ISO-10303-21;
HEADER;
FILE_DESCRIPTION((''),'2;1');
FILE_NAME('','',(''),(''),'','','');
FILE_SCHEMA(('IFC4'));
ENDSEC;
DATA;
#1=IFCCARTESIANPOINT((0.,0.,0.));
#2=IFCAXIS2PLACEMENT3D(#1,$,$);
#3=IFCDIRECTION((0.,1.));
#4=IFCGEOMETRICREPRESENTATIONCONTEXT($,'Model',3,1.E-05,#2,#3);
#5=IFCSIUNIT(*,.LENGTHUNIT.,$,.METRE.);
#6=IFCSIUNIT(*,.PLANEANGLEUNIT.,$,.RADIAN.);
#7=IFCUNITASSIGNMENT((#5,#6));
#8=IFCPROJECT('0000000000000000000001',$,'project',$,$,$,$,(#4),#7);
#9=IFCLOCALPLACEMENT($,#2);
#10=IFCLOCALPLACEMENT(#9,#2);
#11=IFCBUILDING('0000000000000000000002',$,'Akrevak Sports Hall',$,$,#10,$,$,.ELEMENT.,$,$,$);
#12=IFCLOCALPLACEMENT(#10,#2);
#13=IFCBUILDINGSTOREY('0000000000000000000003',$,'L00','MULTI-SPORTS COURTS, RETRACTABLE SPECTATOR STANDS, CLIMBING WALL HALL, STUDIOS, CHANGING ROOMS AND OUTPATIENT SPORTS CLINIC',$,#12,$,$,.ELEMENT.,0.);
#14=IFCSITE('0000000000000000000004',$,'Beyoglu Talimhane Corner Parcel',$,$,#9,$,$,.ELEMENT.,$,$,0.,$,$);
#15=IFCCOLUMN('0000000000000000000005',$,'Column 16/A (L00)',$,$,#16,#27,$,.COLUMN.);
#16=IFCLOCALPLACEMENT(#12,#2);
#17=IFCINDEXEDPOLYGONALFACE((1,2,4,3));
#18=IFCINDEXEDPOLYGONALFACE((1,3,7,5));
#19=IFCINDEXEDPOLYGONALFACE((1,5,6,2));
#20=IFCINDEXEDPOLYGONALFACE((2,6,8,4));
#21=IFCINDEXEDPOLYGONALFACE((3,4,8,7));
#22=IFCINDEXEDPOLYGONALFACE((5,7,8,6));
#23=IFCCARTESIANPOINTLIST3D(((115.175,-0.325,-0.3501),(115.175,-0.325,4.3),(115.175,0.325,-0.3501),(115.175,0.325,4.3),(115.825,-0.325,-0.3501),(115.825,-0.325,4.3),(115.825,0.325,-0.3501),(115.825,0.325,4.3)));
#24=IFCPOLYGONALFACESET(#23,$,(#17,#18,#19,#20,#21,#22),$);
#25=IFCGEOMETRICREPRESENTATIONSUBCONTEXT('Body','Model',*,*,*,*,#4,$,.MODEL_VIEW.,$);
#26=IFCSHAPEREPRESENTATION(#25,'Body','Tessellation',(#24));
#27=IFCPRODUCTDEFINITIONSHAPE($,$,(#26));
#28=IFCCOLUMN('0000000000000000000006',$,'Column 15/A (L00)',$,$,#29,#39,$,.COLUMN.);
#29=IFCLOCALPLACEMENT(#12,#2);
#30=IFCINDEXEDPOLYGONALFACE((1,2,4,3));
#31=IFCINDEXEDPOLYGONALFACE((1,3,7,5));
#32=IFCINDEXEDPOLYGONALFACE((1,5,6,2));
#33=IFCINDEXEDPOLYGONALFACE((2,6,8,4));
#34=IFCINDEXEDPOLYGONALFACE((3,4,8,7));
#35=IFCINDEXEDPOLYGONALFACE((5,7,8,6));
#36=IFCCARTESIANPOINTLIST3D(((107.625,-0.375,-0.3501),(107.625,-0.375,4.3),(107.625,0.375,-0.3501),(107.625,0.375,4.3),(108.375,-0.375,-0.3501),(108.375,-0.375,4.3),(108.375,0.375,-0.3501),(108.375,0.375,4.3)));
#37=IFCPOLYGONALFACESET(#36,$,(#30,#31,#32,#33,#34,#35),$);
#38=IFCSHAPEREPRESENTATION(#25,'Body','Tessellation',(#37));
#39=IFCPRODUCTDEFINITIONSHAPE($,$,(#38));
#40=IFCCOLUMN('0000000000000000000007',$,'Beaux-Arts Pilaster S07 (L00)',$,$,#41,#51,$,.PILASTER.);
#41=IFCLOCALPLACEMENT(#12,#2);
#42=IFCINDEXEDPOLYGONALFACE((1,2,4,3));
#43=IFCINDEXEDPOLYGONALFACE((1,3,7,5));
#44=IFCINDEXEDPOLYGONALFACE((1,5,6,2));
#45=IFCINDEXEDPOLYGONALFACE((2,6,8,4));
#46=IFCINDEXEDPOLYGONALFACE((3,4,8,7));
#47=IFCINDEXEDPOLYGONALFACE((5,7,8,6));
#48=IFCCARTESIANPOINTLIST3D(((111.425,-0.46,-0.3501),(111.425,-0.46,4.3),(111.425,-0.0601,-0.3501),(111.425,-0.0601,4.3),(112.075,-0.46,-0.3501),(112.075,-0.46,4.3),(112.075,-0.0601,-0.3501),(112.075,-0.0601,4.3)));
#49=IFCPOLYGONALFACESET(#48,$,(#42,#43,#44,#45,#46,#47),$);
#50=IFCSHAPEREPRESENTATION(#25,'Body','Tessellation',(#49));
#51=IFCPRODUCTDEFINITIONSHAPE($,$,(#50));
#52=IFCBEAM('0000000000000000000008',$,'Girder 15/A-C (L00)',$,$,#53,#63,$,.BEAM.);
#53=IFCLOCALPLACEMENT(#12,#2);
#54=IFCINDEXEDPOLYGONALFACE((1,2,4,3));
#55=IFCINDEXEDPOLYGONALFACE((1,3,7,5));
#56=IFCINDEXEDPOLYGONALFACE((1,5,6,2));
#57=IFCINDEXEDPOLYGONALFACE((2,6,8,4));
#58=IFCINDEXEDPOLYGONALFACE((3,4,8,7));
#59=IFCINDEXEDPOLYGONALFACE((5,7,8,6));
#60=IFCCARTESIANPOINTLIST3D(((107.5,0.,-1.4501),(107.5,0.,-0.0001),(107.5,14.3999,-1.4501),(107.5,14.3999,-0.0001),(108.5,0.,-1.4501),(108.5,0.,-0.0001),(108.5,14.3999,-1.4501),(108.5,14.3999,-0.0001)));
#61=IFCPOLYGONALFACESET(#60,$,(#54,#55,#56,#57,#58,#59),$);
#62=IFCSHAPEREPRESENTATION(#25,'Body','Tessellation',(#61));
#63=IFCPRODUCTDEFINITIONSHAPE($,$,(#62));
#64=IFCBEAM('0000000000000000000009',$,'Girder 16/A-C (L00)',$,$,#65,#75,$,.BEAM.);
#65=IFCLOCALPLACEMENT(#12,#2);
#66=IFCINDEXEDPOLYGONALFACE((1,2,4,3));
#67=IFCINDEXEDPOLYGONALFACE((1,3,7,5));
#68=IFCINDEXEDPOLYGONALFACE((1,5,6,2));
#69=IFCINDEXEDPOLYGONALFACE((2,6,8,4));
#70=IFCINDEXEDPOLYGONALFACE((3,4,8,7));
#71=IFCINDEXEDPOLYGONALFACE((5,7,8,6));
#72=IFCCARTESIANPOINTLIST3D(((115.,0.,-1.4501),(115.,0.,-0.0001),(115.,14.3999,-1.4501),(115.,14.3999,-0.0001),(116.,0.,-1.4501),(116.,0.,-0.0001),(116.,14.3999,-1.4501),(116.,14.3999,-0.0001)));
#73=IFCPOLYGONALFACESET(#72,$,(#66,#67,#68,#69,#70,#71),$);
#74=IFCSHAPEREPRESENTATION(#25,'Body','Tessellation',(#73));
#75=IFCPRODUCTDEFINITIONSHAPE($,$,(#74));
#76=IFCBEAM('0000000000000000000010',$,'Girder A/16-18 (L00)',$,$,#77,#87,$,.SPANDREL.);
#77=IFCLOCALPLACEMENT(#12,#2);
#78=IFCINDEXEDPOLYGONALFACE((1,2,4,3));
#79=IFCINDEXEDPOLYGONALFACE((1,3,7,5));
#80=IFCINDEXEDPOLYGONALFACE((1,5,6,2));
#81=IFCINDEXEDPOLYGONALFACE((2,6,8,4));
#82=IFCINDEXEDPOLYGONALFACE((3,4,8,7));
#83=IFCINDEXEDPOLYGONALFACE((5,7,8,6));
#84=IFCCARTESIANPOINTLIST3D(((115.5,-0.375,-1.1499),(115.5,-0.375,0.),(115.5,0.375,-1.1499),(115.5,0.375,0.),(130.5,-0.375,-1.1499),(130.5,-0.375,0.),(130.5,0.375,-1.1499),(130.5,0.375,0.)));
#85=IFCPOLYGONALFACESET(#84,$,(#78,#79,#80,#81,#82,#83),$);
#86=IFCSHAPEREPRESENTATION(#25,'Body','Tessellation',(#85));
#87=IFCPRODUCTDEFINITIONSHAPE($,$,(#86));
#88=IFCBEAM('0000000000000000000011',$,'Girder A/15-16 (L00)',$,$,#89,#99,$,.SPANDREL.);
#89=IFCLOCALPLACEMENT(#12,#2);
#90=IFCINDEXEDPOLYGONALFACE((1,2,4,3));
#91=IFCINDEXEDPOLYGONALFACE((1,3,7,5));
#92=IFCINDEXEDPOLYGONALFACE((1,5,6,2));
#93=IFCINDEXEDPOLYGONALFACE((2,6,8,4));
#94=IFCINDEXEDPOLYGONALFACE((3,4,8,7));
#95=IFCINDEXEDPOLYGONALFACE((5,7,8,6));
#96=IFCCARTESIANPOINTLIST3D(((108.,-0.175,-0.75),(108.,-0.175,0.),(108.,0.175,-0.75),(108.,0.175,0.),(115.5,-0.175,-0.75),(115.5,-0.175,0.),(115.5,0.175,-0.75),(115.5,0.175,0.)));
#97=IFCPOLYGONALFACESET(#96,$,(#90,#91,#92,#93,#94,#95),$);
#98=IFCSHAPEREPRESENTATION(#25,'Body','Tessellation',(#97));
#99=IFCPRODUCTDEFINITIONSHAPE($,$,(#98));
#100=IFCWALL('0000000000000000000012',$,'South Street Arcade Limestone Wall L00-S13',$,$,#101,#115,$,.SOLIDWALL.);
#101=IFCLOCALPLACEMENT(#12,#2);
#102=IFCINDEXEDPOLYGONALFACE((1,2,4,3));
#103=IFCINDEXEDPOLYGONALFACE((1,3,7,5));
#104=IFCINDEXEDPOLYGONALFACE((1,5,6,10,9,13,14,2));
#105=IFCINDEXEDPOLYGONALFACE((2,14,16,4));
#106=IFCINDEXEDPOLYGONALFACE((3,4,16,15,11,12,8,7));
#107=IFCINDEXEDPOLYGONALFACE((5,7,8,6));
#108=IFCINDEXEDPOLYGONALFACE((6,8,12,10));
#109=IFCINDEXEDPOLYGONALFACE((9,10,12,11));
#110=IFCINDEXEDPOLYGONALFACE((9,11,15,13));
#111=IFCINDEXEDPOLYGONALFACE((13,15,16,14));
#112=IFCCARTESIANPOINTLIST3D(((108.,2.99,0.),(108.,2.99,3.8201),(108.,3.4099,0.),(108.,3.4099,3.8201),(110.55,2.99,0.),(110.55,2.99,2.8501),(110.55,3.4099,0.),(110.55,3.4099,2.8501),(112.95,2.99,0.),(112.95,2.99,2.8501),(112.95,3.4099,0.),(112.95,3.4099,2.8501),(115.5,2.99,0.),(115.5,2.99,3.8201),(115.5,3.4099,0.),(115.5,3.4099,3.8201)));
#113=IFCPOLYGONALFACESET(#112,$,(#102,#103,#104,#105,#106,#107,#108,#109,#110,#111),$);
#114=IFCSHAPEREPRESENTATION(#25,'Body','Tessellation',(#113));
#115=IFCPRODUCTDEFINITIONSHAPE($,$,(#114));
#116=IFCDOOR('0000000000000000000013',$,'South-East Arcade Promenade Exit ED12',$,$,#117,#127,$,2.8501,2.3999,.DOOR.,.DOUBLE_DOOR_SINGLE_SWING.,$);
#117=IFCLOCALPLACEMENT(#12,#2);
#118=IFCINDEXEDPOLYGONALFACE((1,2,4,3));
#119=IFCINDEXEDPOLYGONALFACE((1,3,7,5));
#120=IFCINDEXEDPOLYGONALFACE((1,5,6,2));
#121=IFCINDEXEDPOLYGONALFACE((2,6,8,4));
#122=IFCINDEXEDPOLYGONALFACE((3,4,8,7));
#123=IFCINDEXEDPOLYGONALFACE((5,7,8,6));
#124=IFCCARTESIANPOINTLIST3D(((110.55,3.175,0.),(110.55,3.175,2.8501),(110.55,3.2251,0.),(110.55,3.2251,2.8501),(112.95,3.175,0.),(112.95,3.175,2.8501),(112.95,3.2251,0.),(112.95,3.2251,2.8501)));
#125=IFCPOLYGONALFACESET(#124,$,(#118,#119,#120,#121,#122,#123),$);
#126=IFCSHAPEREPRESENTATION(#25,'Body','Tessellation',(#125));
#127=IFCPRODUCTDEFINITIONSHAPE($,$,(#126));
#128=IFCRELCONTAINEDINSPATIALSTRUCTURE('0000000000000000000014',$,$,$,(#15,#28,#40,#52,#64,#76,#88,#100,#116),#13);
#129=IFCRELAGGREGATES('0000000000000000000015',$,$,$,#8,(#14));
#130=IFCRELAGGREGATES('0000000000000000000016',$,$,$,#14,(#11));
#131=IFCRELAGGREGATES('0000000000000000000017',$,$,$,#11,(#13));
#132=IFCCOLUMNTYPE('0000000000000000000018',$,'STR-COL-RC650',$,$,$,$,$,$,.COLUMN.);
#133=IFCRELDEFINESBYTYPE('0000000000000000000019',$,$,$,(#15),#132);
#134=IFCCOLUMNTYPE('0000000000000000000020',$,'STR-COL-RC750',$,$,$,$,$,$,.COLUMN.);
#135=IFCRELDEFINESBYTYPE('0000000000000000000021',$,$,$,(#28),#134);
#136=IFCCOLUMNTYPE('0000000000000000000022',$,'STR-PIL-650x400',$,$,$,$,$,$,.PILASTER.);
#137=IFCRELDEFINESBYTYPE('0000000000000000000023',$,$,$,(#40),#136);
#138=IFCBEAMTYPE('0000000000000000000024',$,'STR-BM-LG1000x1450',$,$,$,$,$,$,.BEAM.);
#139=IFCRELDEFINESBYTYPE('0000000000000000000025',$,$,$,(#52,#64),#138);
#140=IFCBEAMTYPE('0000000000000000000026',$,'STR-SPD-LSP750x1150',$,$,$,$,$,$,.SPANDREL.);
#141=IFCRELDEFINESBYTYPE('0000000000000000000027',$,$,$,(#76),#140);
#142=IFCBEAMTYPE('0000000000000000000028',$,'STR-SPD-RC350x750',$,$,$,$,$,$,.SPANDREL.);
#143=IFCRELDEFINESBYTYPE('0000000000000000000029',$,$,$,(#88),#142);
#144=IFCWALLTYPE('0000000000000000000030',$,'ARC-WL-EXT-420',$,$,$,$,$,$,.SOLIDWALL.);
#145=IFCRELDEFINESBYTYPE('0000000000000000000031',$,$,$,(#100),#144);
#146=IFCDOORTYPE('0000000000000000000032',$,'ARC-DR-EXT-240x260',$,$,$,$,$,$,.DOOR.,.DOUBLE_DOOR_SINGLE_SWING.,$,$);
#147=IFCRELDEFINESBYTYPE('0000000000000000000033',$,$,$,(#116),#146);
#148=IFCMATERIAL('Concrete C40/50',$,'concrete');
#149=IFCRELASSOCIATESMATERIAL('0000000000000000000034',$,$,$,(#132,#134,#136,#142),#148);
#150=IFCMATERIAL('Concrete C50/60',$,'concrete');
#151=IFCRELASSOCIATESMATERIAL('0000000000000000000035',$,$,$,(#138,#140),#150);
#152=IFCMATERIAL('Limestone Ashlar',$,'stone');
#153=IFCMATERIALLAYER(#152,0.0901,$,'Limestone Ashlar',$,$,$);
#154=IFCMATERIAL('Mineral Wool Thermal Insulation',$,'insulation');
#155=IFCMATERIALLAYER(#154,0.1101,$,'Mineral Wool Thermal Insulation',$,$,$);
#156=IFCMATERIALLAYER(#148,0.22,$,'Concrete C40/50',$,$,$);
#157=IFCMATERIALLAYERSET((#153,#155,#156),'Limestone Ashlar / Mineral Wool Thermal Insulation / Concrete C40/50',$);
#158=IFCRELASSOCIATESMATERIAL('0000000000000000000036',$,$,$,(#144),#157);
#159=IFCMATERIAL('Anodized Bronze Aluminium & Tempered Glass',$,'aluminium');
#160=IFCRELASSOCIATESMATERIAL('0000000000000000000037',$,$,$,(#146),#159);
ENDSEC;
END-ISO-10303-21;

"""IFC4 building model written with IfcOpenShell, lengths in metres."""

from ifc_helpers import new_model, si_unit, direction, frame, frame_2d, origin, origin_2d, place, context, subcontext, project, spatial, rectangle, extrude, material, layer, layer_set, material_profile, profile_set, type_object, element, fill, save


model = new_model("IFC4")

# Units and contexts
model_context = context("Model", 3, precision=1e-05, world=origin(), true_north=direction((0.0, 1.0)))
body_context = subcontext(model_context, "Body", "Model", "MODEL_VIEW")
ifc_project = project(units=[si_unit("LENGTHUNIT", "METRE"), si_unit("PLANEANGLEUNIT", "RADIAN")], contexts=[model_context])

# Site, building, storey
site_placement = place(None, origin())
site = spatial("IfcSite", under=ifc_project, at=site_placement, Name="Beyoglu Talimhane Corner Parcel", CompositionType="ELEMENT", RefElevation=0.0)
building_placement = place(site_placement, origin())
building = spatial("IfcBuilding", under=site, at=building_placement, Name="Akrevak Sports Hall", CompositionType="ELEMENT")
storey_placement = place(building_placement, origin())
storey = spatial("IfcBuildingStorey", under=building, at=storey_placement, Name="L00", Description="MULTI-SPORTS COURTS, RETRACTABLE SPECTATOR STANDS, CLIMBING WALL HALL, STUDIOS, CHANGING ROOMS AND OUTPATIENT SPORTS CLINIC", CompositionType="ELEMENT", Elevation=0.0)

# Columns
ifc_material_1 = material(Name="Concrete C40/50", Category="concrete")
ifc_material_profile_1 = material_profile(ifc_material_1, rectangle(XDim=0.6499, YDim=0.6499, at=origin_2d()), Name="RC 650x650", Category="concrete")
ifc_profile_set_1 = profile_set([ifc_material_profile_1], Name="Concrete C40/50")
column_type_1 = type_object("IfcColumnType", Name="STR-COL-RC650", PredefinedType="COLUMN", material=ifc_profile_set_1)
column_1_placement = place(storey_placement, frame((115.5, 0.0, -0.3501), z_axis=(0.0, 0.0, 1.0), x_axis=(1.0, 0.0, 0.0)))
element("IfcColumn", 1, at=column_1_placement, inside=storey, type_object=column_type_1, Name="Column 16/A (L00)", PredefinedType="COLUMN", context=body_context, shape_type="SweptSolid", body=[
    extrude(rectangle(XDim=0.6499, YDim=0.6499, at=origin_2d()), origin(), (0.0, 0.0, 1.0), 4.6501),
])
ifc_material_profile_2 = material_profile(ifc_material_1, rectangle(XDim=0.75, YDim=0.75, at=origin_2d()), Name="RC 750x750", Category="concrete")
ifc_profile_set_2 = profile_set([ifc_material_profile_2], Name="Concrete C40/50")
column_type_2 = type_object("IfcColumnType", Name="STR-COL-RC750", PredefinedType="COLUMN", material=ifc_profile_set_2)
column_2_placement = place(storey_placement, frame((108.0, 0.0, -0.3501), z_axis=(0.0, 0.0, 1.0), x_axis=(1.0, 0.0, 0.0)))
element("IfcColumn", 2, at=column_2_placement, inside=storey, type_object=column_type_2, Name="Column 15/A (L00)", PredefinedType="COLUMN", context=body_context, shape_type="SweptSolid", body=[
    extrude(rectangle(XDim=0.75, YDim=0.75, at=origin_2d()), origin(), (0.0, 0.0, 1.0), 4.6501),
])
ifc_material_profile_3 = material_profile(ifc_material_1, rectangle(XDim=0.6499, YDim=0.3999, at=origin_2d()), Name="PIL 650x400", Category="concrete")
ifc_profile_set_3 = profile_set([ifc_material_profile_3], Name="Concrete C40/50")
column_type_3 = type_object("IfcColumnType", Name="STR-PIL-650x400", PredefinedType="PILASTER", material=ifc_profile_set_3)
column_3_placement = place(storey_placement, frame((111.75, -0.26, -0.3501), z_axis=(0.0, 0.0, 1.0), x_axis=(1.0, 0.0, 0.0)))
element("IfcColumn", 3, at=column_3_placement, inside=storey, type_object=column_type_3, Name="Beaux-Arts Pilaster S07 (L00)", PredefinedType="PILASTER", context=body_context, shape_type="SweptSolid", body=[
    extrude(rectangle(XDim=0.6499, YDim=0.3999, at=origin_2d()), origin(), (0.0, 0.0, 1.0), 4.6501),
])

# Beams
ifc_material_2 = material(Name="Concrete C50/60", Category="concrete")
ifc_material_profile_4 = material_profile(ifc_material_2, rectangle(XDim=1.0, YDim=1.45, at=origin_2d()), Name="BM 1000x1450", Category="concrete")
ifc_profile_set_4 = profile_set([ifc_material_profile_4], Name="Concrete C50/60")
beam_type_1 = type_object("IfcBeamType", Name="STR-BM-LG1000x1450", PredefinedType="BEAM", material=ifc_profile_set_4)
for number, where, z_axis, x_axis, name in (
    (4, (108.0, 0.0, -0.7251), (0.0, 1.0, 0.0), (-1.0, 0.0, 0.0), "Girder 15/A-C (L00)"),
    (5, (115.5, 0.0, -0.7251), (0.0, 1.0, 0.0), (-1.0, 0.0, 0.0), "Girder 16/A-C (L00)"),
):
    element("IfcBeam", number, at=place(storey_placement, frame(where, z_axis=z_axis, x_axis=x_axis)), inside=storey, type_object=beam_type_1, Name=name, PredefinedType="BEAM", context=body_context, shape_type="SweptSolid", body=[
        extrude(rectangle(XDim=1.0, YDim=1.45, at=origin_2d()), origin(), (0.0, 0.0, 1.0), 14.3999),
    ])
ifc_material_profile_5 = material_profile(ifc_material_2, rectangle(XDim=0.75, YDim=1.1499, at=origin_2d()), Name="SPD 750x1150", Category="concrete")
ifc_profile_set_5 = profile_set([ifc_material_profile_5], Name="Concrete C50/60")
beam_type_2 = type_object("IfcBeamType", Name="STR-SPD-LSP750x1150", PredefinedType="SPANDREL", material=ifc_profile_set_5)
beam_1_placement = place(storey_placement, frame((115.5, 0.0, -0.575), z_axis=(1.0, 0.0, 0.0), x_axis=(0.0, 1.0, 0.0)))
element("IfcBeam", 6, at=beam_1_placement, inside=storey, type_object=beam_type_2, Name="Girder A/16-18 (L00)", PredefinedType="SPANDREL", context=body_context, shape_type="SweptSolid", body=[
    extrude(rectangle(XDim=0.75, YDim=1.1499, at=origin_2d()), origin(), (0.0, 0.0, 1.0), 15.0),
])
ifc_material_profile_6 = material_profile(ifc_material_1, rectangle(XDim=0.3501, YDim=0.75, at=origin_2d()), Name="SPD 350x750", Category="concrete")
ifc_profile_set_6 = profile_set([ifc_material_profile_6], Name="Concrete C40/50")
beam_type_3 = type_object("IfcBeamType", Name="STR-SPD-RC350x750", PredefinedType="SPANDREL", material=ifc_profile_set_6)
beam_2_placement = place(storey_placement, frame((108.0, 0.0, -0.375), z_axis=(1.0, 0.0, 0.0), x_axis=(0.0, 1.0, 0.0)))
element("IfcBeam", 7, at=beam_2_placement, inside=storey, type_object=beam_type_3, Name="Girder A/15-16 (L00)", PredefinedType="SPANDREL", context=body_context, shape_type="SweptSolid", body=[
    extrude(rectangle(XDim=0.3501, YDim=0.75, at=origin_2d()), origin(), (0.0, 0.0, 1.0), 7.5),
])

# Wall, opening, door
ifc_material_3 = material(Name="Limestone Ashlar", Category="stone")
ifc_layer_1 = layer(ifc_material_3, 0.0901, Name="Limestone Ashlar")
ifc_material_4 = material(Name="Mineral Wool Thermal Insulation", Category="insulation")
ifc_layer_2 = layer(ifc_material_4, 0.1101, Name="Mineral Wool Thermal Insulation")
ifc_layer_3 = layer(ifc_material_1, 0.22, Name="Concrete C40/50")
ifc_layer_set_1 = layer_set([ifc_layer_1, ifc_layer_2, ifc_layer_3], Name="Limestone Ashlar / Mineral Wool Thermal Insulation / Concrete C40/50")
wall_type_1 = type_object("IfcWallType", Name="ARC-WL-EXT-420", PredefinedType="SOLIDWALL", material=ifc_layer_set_1)
wall_1_placement = place(storey_placement, frame((108.0, 3.2, 0.0), z_axis=(0.0, 0.0, 1.0), x_axis=(1.0, 0.0, 0.0)))
wall_1 = element("IfcWall", 8, at=wall_1_placement, inside=storey, type_object=wall_type_1, Name="South Street Arcade Limestone Wall L00-S13", PredefinedType="SOLIDWALL", context=body_context, shape_type="SweptSolid", body=[
    extrude(rectangle(XDim=7.5, YDim=0.4199, at=frame_2d((3.75, 0.0))), origin(), (0.0, 0.0, 1.0), 3.8201),
])
opening_1_placement = place(wall_1_placement, frame((2.55, 0.0, 0.0)))
opening_1 = element("IfcOpeningElement", 9, at=opening_1_placement, cuts=wall_1, PredefinedType="OPENING", context=body_context, shape_type="SweptSolid", body=[
    extrude(rectangle(XDim=2.3999, YDim=2.8501, at=frame_2d((1.2, 1.425))), frame((0.0, 0.2219, 0.0), z_axis=(0.0, -1.0, 0.0), x_axis=(1.0, 0.0, 0.0)), (0.0, 0.0, 1.0), 0.4438),
])
ifc_material_5 = material(Name="Anodized Bronze Aluminium & Tempered Glass", Category="aluminium")
door_type_1 = type_object("IfcDoorType", Name="ARC-DR-EXT-240x260", OperationType="DOUBLE_DOOR_SINGLE_SWING", PredefinedType="DOOR", material=ifc_material_5)
door_1_placement = place(opening_1_placement, frame((2.3999, 0.0, 0.0), z_axis=(0.0, 0.0, 1.0), x_axis=(-1.0, 0.0, 0.0)))
door_1 = element("IfcDoor", 10, at=door_1_placement, inside=storey, type_object=door_type_1, Name="South-East Arcade Promenade Exit ED12", OperationType="DOUBLE_DOOR_SINGLE_SWING", OverallHeight=2.8501, OverallWidth=2.3999, PredefinedType="DOOR", context=body_context, shape_type="SweptSolid", body=[
    extrude(rectangle(XDim=2.3999, YDim=2.8501, at=frame_2d((1.2, 1.425))), frame((0.0, 0.0249, 0.0), z_axis=(0.0, -1.0, 0.0), x_axis=(1.0, 0.0, 0.0)), (0.0, 0.0, 1.0), 0.05),
])
fill(opening_1, door_1)

save(model, "model.ifc")
